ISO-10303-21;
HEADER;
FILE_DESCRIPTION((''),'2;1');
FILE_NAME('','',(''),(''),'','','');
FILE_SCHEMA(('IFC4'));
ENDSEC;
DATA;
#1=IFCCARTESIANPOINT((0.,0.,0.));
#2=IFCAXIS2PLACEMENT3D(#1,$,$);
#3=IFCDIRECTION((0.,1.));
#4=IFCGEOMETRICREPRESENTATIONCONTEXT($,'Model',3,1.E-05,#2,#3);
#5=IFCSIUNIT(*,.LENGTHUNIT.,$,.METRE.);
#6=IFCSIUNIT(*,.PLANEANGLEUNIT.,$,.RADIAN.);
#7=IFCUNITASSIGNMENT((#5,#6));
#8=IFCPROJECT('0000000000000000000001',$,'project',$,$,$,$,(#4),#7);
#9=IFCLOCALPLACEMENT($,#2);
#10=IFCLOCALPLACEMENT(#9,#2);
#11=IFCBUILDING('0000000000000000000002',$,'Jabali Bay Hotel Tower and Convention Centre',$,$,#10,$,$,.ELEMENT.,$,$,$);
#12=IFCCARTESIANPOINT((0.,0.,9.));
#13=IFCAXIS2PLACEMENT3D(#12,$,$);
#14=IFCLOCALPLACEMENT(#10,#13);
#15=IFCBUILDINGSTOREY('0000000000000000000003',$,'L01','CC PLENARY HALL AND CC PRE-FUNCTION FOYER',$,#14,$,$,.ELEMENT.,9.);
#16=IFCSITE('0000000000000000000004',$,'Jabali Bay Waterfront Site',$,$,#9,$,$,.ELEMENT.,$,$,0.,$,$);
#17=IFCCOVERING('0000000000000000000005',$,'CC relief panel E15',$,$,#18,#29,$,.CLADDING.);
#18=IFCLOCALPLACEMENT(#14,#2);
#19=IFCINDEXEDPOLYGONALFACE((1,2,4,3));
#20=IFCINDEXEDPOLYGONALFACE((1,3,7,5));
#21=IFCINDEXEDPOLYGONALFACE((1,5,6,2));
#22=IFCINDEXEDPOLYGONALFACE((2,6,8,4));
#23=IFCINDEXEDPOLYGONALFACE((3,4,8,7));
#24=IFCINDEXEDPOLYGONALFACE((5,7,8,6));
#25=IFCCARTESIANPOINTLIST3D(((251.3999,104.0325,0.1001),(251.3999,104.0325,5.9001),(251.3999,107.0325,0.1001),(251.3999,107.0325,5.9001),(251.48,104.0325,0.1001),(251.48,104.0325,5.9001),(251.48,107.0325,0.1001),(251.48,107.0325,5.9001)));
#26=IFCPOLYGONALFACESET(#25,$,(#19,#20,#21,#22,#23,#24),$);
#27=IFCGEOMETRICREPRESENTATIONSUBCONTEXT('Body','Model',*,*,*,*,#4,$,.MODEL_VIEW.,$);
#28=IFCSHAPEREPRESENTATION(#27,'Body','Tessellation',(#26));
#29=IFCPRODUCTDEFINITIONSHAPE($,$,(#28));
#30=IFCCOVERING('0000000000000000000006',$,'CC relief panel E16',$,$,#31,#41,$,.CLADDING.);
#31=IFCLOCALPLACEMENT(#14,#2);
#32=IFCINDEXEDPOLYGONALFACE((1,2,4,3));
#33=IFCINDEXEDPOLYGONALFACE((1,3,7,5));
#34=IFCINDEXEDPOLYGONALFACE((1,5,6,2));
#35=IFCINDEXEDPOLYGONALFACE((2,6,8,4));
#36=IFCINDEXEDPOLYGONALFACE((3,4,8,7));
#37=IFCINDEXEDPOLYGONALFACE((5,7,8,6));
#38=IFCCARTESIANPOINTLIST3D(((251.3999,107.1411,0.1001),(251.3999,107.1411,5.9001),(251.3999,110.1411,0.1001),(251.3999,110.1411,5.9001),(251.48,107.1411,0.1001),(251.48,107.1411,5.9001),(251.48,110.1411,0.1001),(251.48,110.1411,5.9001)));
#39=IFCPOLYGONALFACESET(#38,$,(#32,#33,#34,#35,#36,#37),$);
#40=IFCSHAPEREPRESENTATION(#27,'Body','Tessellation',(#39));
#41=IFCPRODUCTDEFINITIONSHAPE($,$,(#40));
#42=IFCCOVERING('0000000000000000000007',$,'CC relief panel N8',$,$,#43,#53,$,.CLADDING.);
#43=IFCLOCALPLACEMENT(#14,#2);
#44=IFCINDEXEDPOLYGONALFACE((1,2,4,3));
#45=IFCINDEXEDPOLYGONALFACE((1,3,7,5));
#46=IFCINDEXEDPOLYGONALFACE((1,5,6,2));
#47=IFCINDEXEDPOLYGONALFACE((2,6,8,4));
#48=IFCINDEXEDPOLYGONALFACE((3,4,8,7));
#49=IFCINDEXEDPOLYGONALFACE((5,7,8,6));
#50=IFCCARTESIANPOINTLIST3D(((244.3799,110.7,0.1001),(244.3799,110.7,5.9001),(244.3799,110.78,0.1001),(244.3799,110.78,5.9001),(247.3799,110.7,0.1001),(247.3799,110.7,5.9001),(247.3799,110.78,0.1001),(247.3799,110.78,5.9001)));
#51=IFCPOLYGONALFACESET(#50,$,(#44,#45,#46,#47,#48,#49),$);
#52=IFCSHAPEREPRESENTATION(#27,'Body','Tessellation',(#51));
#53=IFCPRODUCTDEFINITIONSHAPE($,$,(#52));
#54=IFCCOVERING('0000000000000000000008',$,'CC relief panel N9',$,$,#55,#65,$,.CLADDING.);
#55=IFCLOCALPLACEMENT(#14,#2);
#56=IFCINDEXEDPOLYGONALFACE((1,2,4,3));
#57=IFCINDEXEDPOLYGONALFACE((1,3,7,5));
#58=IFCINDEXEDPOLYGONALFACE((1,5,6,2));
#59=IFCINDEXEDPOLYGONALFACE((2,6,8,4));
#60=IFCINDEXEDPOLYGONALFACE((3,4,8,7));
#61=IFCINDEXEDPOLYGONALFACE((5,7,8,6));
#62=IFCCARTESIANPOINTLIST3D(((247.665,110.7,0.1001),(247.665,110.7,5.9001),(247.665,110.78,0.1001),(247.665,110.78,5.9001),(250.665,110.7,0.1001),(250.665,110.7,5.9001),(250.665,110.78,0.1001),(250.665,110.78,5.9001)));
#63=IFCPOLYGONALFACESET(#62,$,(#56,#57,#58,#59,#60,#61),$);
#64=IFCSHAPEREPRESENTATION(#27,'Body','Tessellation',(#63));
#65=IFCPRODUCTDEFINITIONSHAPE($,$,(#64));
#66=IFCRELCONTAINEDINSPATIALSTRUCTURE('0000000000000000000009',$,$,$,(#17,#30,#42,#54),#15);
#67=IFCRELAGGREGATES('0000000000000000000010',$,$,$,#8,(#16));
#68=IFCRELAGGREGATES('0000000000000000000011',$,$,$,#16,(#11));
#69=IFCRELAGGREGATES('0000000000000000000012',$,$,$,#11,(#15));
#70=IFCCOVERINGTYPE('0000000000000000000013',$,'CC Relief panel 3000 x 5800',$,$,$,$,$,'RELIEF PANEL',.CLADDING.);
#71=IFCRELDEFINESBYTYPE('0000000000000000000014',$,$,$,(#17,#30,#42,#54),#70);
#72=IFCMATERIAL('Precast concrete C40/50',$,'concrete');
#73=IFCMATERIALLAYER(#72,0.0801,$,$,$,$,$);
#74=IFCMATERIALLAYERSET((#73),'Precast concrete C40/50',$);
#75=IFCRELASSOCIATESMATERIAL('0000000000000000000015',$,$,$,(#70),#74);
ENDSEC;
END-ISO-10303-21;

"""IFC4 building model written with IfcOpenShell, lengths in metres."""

from ifc_helpers import new_model, si_unit, direction, frame, origin, origin_2d, place, context, subcontext, project, spatial, rectangle, extrude, material, layer, layer_set, type_object, element, save


model = new_model("IFC4")

# Units and contexts
model_context = context("Model", 3, precision=1e-05, world=origin(), true_north=direction((0.0, 1.0)))
body_context = subcontext(model_context, "Body", "Model", "MODEL_VIEW")
ifc_project = project(units=[si_unit("LENGTHUNIT", "METRE"), si_unit("PLANEANGLEUNIT", "RADIAN")], contexts=[model_context])

# Site, building, storey
site_placement = place(None, origin())
site = spatial("IfcSite", under=ifc_project, at=site_placement, Name="Jabali Bay Waterfront Site", CompositionType="ELEMENT", RefElevation=0.0)
building_placement = place(site_placement, origin())
building = spatial("IfcBuilding", under=site, at=building_placement, Name="Jabali Bay Hotel Tower and Convention Centre", CompositionType="ELEMENT")
storey_placement = place(building_placement, frame((0.0, 0.0, 9.0)))
storey = spatial("IfcBuildingStorey", under=building, at=storey_placement, Name="L01", Description="CC PLENARY HALL AND CC PRE-FUNCTION FOYER", CompositionType="ELEMENT", Elevation=9.0)

# Coverings
ifc_material_1 = material(Name="Precast concrete C40/50", Category="concrete")
ifc_layer_1 = layer(ifc_material_1, 0.0801)
ifc_layer_set_1 = layer_set([ifc_layer_1], Name="Precast concrete C40/50")
covering_type_1 = type_object("IfcCoveringType", Name="CC Relief panel 3000 x 5800", ElementType="RELIEF PANEL", PredefinedType="CLADDING", material=ifc_layer_set_1)
for number, where, z_axis, x_axis, name in (
    (1, (251.4399, 105.5325, 0.1001), (0.0, 0.0, 1.0), (1.0, 0.0, 0.0), "CC relief panel E15"),
    (2, (251.4399, 108.6411, 0.1001), (0.0, 0.0, 1.0), (1.0, 0.0, 0.0), "CC relief panel E16"),
):
    element("IfcCovering", number, at=place(storey_placement, frame(where, z_axis=z_axis, x_axis=x_axis)), inside=storey, type_object=covering_type_1, Name=name, PredefinedType="CLADDING", context=body_context, shape_type="SweptSolid", body=[
        extrude(rectangle(XDim=0.0801, YDim=3.0, at=origin_2d()), origin(), (0.0, 0.0, 1.0), 5.8),
    ])
for number, where, z_axis, x_axis, name in (
    (3, (245.8799, 110.74, 0.1001), (0.0, 0.0, 1.0), (1.0, 0.0, 0.0), "CC relief panel N8"),
    (4, (249.165, 110.74, 0.1001), (0.0, 0.0, 1.0), (1.0, 0.0, 0.0), "CC relief panel N9"),
):
    element("IfcCovering", number, at=place(storey_placement, frame(where, z_axis=z_axis, x_axis=x_axis)), inside=storey, type_object=covering_type_1, Name=name, PredefinedType="CLADDING", context=body_context, shape_type="SweptSolid", body=[
        extrude(rectangle(XDim=3.0, YDim=0.0801, at=origin_2d()), origin(), (0.0, 0.0, 1.0), 5.8),
    ])

save(model, "model.ifc")
